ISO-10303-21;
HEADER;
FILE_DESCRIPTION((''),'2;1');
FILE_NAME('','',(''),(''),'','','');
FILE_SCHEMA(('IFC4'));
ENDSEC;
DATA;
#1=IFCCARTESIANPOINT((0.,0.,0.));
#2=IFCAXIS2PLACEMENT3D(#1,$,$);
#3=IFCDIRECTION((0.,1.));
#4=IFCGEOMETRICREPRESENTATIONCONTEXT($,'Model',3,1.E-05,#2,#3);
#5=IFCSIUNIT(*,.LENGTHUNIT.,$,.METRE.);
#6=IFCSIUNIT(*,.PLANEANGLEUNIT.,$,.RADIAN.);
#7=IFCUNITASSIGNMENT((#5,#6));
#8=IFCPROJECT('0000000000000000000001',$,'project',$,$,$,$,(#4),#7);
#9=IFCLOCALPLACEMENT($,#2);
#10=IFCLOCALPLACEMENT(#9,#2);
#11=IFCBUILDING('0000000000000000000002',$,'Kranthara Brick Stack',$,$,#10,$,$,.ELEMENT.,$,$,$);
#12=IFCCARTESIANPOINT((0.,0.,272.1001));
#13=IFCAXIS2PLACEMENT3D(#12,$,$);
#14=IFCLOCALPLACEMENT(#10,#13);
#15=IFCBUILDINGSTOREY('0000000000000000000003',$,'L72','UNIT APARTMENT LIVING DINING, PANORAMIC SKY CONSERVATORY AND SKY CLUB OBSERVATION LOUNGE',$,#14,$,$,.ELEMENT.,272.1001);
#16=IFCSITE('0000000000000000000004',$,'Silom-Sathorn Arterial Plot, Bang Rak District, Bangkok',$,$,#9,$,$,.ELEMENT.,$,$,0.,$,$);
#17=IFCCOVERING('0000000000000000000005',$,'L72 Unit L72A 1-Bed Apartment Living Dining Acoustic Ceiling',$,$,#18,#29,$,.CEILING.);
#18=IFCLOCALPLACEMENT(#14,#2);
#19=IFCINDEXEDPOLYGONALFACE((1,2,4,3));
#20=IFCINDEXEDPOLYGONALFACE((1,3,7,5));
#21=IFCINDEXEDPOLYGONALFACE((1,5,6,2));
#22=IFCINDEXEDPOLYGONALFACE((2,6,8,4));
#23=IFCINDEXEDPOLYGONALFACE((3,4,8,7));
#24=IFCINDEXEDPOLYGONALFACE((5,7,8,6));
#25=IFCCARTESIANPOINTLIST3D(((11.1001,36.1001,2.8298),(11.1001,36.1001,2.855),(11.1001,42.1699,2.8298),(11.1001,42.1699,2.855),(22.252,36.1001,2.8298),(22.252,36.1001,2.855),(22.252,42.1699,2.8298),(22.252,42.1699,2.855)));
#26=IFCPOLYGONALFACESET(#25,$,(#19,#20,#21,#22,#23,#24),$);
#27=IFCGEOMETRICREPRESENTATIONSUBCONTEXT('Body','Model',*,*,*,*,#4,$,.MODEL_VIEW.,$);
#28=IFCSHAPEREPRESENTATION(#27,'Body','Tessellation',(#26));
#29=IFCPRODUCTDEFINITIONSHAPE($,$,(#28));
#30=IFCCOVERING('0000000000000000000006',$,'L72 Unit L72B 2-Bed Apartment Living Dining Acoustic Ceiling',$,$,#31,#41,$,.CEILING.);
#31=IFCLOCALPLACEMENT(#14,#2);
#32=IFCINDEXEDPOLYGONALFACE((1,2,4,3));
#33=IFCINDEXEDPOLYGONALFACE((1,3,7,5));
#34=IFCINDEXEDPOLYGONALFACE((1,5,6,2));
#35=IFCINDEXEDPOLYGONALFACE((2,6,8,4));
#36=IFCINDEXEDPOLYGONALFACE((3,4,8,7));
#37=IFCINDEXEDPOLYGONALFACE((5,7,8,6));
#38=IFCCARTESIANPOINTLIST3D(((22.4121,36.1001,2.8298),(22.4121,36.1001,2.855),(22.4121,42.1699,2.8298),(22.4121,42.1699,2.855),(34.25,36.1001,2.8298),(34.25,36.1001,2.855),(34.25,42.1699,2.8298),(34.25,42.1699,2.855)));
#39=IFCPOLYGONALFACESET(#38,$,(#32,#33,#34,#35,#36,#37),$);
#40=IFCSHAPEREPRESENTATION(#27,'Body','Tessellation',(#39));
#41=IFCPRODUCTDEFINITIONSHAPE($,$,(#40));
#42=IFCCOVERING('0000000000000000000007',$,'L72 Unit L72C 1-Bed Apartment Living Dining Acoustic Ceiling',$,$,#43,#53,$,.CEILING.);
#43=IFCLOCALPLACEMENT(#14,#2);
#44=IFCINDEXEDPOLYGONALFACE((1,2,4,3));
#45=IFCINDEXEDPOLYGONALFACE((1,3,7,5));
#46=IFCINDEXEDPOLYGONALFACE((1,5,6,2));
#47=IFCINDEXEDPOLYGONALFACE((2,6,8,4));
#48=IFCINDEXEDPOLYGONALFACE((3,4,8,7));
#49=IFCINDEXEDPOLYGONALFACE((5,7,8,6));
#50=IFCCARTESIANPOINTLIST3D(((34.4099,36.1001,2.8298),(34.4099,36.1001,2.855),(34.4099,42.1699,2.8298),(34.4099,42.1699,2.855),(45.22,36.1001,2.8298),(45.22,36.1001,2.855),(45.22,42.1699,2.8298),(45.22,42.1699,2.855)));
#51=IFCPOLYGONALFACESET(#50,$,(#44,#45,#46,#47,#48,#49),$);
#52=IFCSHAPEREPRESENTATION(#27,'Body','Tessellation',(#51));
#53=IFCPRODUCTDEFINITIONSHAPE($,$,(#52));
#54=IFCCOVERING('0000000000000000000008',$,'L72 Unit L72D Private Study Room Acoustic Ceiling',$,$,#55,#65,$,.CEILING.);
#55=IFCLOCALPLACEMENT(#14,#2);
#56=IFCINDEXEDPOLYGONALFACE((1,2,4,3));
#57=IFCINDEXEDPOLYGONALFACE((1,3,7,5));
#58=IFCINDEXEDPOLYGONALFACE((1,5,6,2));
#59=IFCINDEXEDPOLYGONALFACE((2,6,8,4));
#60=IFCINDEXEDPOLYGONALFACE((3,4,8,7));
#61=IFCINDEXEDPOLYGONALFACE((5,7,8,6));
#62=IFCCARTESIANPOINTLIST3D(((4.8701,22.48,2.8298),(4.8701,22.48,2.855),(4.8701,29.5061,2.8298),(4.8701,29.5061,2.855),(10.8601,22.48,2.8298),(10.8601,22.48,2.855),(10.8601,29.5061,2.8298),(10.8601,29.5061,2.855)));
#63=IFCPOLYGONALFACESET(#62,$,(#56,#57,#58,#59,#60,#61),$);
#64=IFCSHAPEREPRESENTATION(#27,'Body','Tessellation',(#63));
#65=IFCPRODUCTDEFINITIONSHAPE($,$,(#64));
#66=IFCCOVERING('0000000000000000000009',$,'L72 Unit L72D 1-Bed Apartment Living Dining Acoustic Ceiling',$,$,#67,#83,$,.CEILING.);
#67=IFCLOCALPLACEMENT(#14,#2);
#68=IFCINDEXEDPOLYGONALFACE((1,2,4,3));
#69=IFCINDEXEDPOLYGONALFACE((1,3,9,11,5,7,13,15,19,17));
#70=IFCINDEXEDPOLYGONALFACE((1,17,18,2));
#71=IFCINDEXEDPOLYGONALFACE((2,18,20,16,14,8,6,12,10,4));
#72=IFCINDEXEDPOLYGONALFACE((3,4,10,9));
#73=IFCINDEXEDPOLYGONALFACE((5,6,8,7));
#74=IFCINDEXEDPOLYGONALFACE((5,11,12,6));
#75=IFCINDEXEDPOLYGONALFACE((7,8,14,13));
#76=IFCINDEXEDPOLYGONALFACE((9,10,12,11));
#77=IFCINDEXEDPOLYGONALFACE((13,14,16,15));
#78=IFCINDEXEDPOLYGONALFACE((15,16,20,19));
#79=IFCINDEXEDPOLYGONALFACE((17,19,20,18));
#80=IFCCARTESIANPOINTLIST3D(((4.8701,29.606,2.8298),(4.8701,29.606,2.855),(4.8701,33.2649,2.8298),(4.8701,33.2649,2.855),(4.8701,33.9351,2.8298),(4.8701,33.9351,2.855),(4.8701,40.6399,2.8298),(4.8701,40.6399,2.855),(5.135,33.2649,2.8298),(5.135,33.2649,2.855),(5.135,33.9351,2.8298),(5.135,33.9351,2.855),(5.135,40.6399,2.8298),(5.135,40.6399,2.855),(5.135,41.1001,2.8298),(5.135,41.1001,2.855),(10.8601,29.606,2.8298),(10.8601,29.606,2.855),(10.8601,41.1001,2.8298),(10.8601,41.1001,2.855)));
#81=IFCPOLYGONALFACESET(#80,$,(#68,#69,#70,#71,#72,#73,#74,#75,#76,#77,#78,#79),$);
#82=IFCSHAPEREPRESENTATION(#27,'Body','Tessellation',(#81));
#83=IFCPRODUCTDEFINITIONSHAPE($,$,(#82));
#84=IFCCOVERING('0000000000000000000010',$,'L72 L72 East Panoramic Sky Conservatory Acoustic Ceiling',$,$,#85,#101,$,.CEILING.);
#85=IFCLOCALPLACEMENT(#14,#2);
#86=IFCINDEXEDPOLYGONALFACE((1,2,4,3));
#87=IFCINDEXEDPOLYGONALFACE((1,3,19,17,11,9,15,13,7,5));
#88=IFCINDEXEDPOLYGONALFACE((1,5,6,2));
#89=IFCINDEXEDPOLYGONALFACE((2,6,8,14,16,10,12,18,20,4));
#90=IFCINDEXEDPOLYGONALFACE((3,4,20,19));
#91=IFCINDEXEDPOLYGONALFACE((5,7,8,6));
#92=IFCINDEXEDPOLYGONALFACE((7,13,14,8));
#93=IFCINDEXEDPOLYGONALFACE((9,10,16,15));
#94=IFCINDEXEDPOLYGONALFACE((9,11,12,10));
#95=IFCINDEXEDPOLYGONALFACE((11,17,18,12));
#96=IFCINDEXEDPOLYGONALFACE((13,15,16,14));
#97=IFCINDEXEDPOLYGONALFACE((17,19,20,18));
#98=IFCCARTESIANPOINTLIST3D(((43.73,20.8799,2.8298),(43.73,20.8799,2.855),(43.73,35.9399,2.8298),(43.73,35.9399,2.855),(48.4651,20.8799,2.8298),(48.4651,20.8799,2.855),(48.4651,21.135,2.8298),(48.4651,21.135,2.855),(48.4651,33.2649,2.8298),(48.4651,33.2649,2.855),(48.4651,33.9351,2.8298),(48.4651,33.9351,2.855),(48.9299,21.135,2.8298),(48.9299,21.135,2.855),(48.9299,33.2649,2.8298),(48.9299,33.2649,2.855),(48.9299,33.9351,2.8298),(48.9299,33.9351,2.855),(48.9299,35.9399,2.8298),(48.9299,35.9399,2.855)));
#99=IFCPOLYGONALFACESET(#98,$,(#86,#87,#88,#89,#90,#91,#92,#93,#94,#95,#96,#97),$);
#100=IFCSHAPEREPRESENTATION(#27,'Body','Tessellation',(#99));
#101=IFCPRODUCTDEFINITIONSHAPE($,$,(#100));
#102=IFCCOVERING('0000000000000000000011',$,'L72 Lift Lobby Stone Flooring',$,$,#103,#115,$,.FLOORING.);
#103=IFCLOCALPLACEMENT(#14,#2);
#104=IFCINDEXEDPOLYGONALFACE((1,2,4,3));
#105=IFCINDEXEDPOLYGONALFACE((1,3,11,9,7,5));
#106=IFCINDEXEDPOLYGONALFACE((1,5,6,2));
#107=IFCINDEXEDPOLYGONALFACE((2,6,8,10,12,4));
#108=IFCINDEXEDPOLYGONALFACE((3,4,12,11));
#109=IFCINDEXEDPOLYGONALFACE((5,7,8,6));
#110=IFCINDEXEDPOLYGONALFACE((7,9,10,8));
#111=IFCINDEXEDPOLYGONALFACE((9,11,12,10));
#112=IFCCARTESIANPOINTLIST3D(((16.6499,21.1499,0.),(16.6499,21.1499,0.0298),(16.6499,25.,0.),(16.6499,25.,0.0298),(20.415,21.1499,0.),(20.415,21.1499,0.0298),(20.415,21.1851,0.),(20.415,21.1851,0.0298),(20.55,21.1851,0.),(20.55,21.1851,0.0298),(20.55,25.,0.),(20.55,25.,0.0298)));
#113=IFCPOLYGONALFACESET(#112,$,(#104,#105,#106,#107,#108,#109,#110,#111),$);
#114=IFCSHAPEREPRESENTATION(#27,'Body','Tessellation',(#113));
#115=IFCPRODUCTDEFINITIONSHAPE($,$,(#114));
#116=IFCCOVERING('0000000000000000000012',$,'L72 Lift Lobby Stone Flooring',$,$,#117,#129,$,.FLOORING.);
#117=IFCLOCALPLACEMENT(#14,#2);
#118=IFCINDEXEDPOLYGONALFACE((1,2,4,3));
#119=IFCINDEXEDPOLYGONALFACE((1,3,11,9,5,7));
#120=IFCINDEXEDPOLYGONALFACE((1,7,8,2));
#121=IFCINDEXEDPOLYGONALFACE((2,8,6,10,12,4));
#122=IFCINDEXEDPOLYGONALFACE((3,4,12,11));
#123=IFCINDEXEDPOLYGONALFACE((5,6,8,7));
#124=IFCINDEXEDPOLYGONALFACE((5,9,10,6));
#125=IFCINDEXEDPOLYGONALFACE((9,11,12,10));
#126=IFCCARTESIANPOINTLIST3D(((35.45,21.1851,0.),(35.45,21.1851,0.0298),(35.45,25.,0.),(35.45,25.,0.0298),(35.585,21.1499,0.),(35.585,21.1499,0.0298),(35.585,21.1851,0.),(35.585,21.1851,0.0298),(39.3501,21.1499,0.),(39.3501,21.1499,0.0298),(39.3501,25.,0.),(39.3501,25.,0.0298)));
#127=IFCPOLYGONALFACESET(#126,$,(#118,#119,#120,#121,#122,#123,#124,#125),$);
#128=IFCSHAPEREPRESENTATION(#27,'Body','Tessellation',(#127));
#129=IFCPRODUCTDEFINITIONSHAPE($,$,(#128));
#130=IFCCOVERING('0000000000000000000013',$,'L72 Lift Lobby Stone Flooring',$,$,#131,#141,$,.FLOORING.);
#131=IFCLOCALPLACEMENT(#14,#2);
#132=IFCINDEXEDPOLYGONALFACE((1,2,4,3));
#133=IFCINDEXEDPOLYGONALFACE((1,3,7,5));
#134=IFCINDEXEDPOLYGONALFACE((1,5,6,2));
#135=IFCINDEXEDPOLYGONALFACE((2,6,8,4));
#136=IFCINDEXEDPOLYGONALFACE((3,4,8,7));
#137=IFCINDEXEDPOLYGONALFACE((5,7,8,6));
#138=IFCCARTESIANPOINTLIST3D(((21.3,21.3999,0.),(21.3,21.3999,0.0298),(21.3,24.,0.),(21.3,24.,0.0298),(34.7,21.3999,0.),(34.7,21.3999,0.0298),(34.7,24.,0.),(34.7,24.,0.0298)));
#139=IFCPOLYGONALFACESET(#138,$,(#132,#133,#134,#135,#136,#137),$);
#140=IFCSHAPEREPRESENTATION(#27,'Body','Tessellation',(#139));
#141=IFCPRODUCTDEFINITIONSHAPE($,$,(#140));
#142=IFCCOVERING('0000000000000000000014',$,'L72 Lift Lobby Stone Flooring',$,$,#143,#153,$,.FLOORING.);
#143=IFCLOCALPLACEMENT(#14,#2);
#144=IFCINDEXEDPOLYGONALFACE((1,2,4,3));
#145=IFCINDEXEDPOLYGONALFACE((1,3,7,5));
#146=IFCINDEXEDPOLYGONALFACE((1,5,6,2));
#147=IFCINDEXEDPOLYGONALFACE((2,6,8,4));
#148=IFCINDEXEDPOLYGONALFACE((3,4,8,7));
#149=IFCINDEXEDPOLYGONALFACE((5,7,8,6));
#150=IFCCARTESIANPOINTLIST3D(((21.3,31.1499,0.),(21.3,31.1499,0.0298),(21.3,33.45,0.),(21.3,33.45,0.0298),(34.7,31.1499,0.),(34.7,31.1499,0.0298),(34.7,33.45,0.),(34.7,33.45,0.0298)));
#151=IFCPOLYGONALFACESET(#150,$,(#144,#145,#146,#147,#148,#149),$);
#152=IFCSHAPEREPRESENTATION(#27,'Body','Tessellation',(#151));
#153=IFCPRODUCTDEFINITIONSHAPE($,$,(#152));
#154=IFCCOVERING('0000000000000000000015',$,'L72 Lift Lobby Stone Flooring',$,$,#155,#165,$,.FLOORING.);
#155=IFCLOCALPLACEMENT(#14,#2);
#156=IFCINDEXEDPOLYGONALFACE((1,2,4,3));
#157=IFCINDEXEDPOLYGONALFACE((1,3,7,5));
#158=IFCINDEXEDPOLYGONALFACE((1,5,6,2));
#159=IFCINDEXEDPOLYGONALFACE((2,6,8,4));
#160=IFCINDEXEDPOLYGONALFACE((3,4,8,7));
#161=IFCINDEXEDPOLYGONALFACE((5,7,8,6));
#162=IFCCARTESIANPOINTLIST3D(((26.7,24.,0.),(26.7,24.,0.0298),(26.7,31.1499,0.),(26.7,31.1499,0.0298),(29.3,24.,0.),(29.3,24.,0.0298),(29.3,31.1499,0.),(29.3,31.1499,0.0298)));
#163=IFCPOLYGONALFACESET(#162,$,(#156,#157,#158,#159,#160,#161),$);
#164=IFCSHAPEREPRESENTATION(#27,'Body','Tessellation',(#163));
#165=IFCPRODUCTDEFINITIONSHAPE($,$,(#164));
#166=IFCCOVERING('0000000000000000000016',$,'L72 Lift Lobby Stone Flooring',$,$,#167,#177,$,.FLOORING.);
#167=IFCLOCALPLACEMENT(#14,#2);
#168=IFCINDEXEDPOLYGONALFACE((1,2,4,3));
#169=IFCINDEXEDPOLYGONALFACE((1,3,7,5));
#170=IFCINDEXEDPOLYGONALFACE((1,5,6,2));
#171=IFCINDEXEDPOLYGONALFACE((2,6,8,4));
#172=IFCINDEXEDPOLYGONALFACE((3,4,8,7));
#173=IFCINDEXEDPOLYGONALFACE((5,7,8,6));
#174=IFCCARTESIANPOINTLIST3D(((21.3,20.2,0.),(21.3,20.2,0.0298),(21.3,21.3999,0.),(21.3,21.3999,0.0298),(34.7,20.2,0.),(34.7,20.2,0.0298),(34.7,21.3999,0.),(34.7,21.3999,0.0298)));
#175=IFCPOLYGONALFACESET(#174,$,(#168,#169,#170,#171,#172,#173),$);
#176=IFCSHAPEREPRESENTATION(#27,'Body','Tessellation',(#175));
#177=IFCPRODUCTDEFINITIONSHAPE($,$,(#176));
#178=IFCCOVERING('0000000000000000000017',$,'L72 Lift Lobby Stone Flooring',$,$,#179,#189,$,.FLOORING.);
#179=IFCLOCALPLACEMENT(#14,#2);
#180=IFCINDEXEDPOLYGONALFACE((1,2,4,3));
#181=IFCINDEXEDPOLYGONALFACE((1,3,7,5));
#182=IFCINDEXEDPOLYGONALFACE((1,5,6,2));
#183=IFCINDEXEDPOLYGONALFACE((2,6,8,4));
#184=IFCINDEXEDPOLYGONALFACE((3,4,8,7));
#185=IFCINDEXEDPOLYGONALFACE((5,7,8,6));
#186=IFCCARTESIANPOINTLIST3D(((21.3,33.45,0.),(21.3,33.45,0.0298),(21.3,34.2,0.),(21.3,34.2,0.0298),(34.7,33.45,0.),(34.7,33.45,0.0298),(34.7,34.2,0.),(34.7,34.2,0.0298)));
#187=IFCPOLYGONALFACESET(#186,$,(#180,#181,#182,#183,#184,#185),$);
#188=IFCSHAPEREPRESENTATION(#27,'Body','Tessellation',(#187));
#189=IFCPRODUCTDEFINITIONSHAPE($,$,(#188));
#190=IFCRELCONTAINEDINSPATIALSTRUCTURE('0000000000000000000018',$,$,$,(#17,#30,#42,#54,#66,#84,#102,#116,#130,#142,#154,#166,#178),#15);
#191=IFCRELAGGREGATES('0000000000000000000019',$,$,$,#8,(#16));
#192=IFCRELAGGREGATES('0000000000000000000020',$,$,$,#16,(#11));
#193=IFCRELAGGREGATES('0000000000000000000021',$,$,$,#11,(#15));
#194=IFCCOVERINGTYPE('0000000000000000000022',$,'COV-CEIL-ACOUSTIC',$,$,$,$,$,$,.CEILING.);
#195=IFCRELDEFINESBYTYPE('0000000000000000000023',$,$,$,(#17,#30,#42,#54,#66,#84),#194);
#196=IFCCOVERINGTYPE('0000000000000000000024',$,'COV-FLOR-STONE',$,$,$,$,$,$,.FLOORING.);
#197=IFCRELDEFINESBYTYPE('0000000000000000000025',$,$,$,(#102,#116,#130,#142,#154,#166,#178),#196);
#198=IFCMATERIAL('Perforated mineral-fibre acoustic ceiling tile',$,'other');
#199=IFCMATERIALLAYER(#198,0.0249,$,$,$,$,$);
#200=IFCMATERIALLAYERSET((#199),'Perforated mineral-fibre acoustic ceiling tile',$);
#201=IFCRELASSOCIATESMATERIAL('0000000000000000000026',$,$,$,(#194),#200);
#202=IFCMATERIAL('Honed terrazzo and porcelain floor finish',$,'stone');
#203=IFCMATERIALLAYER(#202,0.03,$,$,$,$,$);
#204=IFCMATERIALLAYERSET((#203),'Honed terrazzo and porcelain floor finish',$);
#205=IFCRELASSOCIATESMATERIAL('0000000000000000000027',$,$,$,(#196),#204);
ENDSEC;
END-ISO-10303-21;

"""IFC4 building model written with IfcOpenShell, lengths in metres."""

from ifc_helpers import new_model, si_unit, direction, frame, origin, place, context, subcontext, project, spatial, polyline, outline, extrude, material, layer, layer_set, type_object, element, save


model = new_model("IFC4")

# Units and contexts
model_context = context("Model", 3, precision=1e-05, world=origin(), true_north=direction((0.0, 1.0)))
body_context = subcontext(model_context, "Body", "Model", "MODEL_VIEW")
ifc_project = project(units=[si_unit("LENGTHUNIT", "METRE"), si_unit("PLANEANGLEUNIT", "RADIAN")], contexts=[model_context])

# Site, building, storey
site_placement = place(None, origin())
site = spatial("IfcSite", under=ifc_project, at=site_placement, Name="Silom-Sathorn Arterial Plot, Bang Rak District, Bangkok", CompositionType="ELEMENT", RefElevation=0.0)
building_placement = place(site_placement, origin())
building = spatial("IfcBuilding", under=site, at=building_placement, Name="Kranthara Brick Stack", CompositionType="ELEMENT")
storey_placement = place(building_placement, frame((0.0, 0.0, 272.1001)))
storey = spatial("IfcBuildingStorey", under=building, at=storey_placement, Name="L72", Description="UNIT APARTMENT LIVING DINING, PANORAMIC SKY CONSERVATORY AND SKY CLUB OBSERVATION LOUNGE", CompositionType="ELEMENT", Elevation=272.1001)

# Coverings
ifc_material_1 = material(Name="Perforated mineral-fibre acoustic ceiling tile", Category="other")
ifc_layer_1 = layer(ifc_material_1, 0.0249)
ifc_layer_set_1 = layer_set([ifc_layer_1], Name="Perforated mineral-fibre acoustic ceiling tile")
covering_type_1 = type_object("IfcCoveringType", Name="COV-CEIL-ACOUSTIC", PredefinedType="CEILING", material=ifc_layer_set_1)
covering_1_placement = place(storey_placement, frame((0.0, 0.0, 2.8298)))
element("IfcCovering", 1, at=covering_1_placement, inside=storey, type_object=covering_type_1, Name="L72 Unit L72A 1-Bed Apartment Living Dining Acoustic Ceiling", PredefinedType="CEILING", context=body_context, shape_type="SweptSolid", body=[
    extrude(outline(polyline([(22.252, 36.1001), (22.252, 42.1699), (11.1001, 42.1699), (11.1001, 36.1001), (22.252, 36.1001)])), origin(), (0.0, 0.0, 1.0), 0.0251),
])
covering_2_placement = place(storey_placement, frame((0.0, 0.0, 2.8298)))
element("IfcCovering", 2, at=covering_2_placement, inside=storey, type_object=covering_type_1, Name="L72 Unit L72B 2-Bed Apartment Living Dining Acoustic Ceiling", PredefinedType="CEILING", context=body_context, shape_type="SweptSolid", body=[
    extrude(outline(polyline([(34.25, 36.1001), (34.25, 42.1699), (22.4121, 42.1699), (22.4121, 36.1001), (34.25, 36.1001)])), origin(), (0.0, 0.0, 1.0), 0.0251),
])
covering_3_placement = place(storey_placement, frame((0.0, 0.0, 2.8298)))
element("IfcCovering", 3, at=covering_3_placement, inside=storey, type_object=covering_type_1, Name="L72 Unit L72C 1-Bed Apartment Living Dining Acoustic Ceiling", PredefinedType="CEILING", context=body_context, shape_type="SweptSolid", body=[
    extrude(outline(polyline([(45.22, 36.1001), (45.22, 42.1699), (34.4099, 42.1699), (34.4099, 36.1001), (45.22, 36.1001)])), origin(), (0.0, 0.0, 1.0), 0.0251),
])
covering_4_placement = place(storey_placement, frame((0.0, 0.0, 2.8298)))
element("IfcCovering", 4, at=covering_4_placement, inside=storey, type_object=covering_type_1, Name="L72 Unit L72D Private Study Room Acoustic Ceiling", PredefinedType="CEILING", context=body_context, shape_type="SweptSolid", body=[
    extrude(outline(polyline([(10.8601, 22.48), (10.8601, 29.5061), (4.8701, 29.5061), (4.8701, 22.48), (10.8601, 22.48)])), origin(), (0.0, 0.0, 1.0), 0.0251),
])
covering_5_placement = place(storey_placement, frame((0.0, 0.0, 2.8298)))
element("IfcCovering", 5, at=covering_5_placement, inside=storey, type_object=covering_type_1, Name="L72 Unit L72D 1-Bed Apartment Living Dining Acoustic Ceiling", PredefinedType="CEILING", context=body_context, shape_type="SweptSolid", body=[
    extrude(outline(polyline([(10.8601, 41.1001), (10.8601, 29.606), (4.8701, 29.606), (4.8701, 33.2649), (5.135, 33.2649), (5.135, 33.9351), (4.8701, 33.9351), (4.8701, 40.6399), (5.135, 40.6399), (5.135, 41.1001), (10.8601, 41.1001)])), origin(), (0.0, 0.0, 1.0), 0.0251),
])
covering_6_placement = place(storey_placement, frame((0.0, 0.0, 2.8298)))
element("IfcCovering", 6, at=covering_6_placement, inside=storey, type_object=covering_type_1, Name="L72 L72 East Panoramic Sky Conservatory Acoustic Ceiling", PredefinedType="CEILING", context=body_context, shape_type="SweptSolid", body=[
    extrude(outline(polyline([(43.73, 35.9399), (48.9299, 35.9399), (48.9299, 33.9351), (48.4651, 33.9351), (48.4651, 33.2649), (48.9299, 33.2649), (48.9299, 21.135), (48.4651, 21.135), (48.4651, 20.8799), (43.73, 20.8799), (43.73, 35.9399)])), origin(), (0.0, 0.0, 1.0), 0.0251),
])
ifc_material_2 = material(Name="Honed terrazzo and porcelain floor finish", Category="stone")
ifc_layer_2 = layer(ifc_material_2, 0.03)
ifc_layer_set_2 = layer_set([ifc_layer_2], Name="Honed terrazzo and porcelain floor finish")
covering_type_2 = type_object("IfcCoveringType", Name="COV-FLOR-STONE", PredefinedType="FLOORING", material=ifc_layer_set_2)
covering_7_placement = place(storey_placement, origin())
element("IfcCovering", 7, at=covering_7_placement, inside=storey, type_object=covering_type_2, Name="L72 Lift Lobby Stone Flooring", PredefinedType="FLOORING", context=body_context, shape_type="SweptSolid", body=[
    extrude(outline(polyline([(16.6499, 21.1499), (16.6499, 25.0), (20.55, 25.0), (20.55, 21.1851), (20.415, 21.1851), (20.415, 21.1499), (16.6499, 21.1499)])), origin(), (0.0, 0.0, 1.0), 0.0298),
])
covering_8_placement = place(storey_placement, origin())
element("IfcCovering", 8, at=covering_8_placement, inside=storey, type_object=covering_type_2, Name="L72 Lift Lobby Stone Flooring", PredefinedType="FLOORING", context=body_context, shape_type="SweptSolid", body=[
    extrude(outline(polyline([(35.45, 25.0), (39.3501, 25.0), (39.3501, 21.1499), (35.585, 21.1499), (35.585, 21.1851), (35.45, 21.1851), (35.45, 25.0)])), origin(), (0.0, 0.0, 1.0), 0.0298),
])
covering_9_placement = place(storey_placement, origin())
element("IfcCovering", 9, at=covering_9_placement, inside=storey, type_object=covering_type_2, Name="L72 Lift Lobby Stone Flooring", PredefinedType="FLOORING", context=body_context, shape_type="SweptSolid", body=[
    extrude(outline(polyline([(34.7, 21.3999), (34.7, 24.0), (21.3, 24.0), (21.3, 21.3999), (34.7, 21.3999)])), origin(), (0.0, 0.0, 1.0), 0.0298),
])
covering_10_placement = place(storey_placement, origin())
element("IfcCovering", 10, at=covering_10_placement, inside=storey, type_object=covering_type_2, Name="L72 Lift Lobby Stone Flooring", PredefinedType="FLOORING", context=body_context, shape_type="SweptSolid", body=[
    extrude(outline(polyline([(34.7, 31.1499), (34.7, 33.45), (21.3, 33.45), (21.3, 31.1499), (34.7, 31.1499)])), origin(), (0.0, 0.0, 1.0), 0.0298),
])
covering_11_placement = place(storey_placement, origin())
element("IfcCovering", 11, at=covering_11_placement, inside=storey, type_object=covering_type_2, Name="L72 Lift Lobby Stone Flooring", PredefinedType="FLOORING", context=body_context, shape_type="SweptSolid", body=[
    extrude(outline(polyline([(29.3, 24.0), (26.7, 24.0), (26.7, 31.1499), (29.3, 31.1499), (29.3, 24.0)])), origin(), (0.0, 0.0, 1.0), 0.0298),
])
covering_12_placement = place(storey_placement, origin())
element("IfcCovering", 12, at=covering_12_placement, inside=storey, type_object=covering_type_2, Name="L72 Lift Lobby Stone Flooring", PredefinedType="FLOORING", context=body_context, shape_type="SweptSolid", body=[
    extrude(outline(polyline([(34.7, 20.2), (21.3, 20.2), (21.3, 21.3999), (34.7, 21.3999), (34.7, 20.2)])), origin(), (0.0, 0.0, 1.0), 0.0298),
])
covering_13_placement = place(storey_placement, origin())
element("IfcCovering", 13, at=covering_13_placement, inside=storey, type_object=covering_type_2, Name="L72 Lift Lobby Stone Flooring", PredefinedType="FLOORING", context=body_context, shape_type="SweptSolid", body=[
    extrude(outline(polyline([(34.7, 33.45), (21.3, 33.45), (21.3, 34.2), (34.7, 34.2), (34.7, 33.45)])), origin(), (0.0, 0.0, 1.0), 0.0298),
])

save(model, "model.ifc")
